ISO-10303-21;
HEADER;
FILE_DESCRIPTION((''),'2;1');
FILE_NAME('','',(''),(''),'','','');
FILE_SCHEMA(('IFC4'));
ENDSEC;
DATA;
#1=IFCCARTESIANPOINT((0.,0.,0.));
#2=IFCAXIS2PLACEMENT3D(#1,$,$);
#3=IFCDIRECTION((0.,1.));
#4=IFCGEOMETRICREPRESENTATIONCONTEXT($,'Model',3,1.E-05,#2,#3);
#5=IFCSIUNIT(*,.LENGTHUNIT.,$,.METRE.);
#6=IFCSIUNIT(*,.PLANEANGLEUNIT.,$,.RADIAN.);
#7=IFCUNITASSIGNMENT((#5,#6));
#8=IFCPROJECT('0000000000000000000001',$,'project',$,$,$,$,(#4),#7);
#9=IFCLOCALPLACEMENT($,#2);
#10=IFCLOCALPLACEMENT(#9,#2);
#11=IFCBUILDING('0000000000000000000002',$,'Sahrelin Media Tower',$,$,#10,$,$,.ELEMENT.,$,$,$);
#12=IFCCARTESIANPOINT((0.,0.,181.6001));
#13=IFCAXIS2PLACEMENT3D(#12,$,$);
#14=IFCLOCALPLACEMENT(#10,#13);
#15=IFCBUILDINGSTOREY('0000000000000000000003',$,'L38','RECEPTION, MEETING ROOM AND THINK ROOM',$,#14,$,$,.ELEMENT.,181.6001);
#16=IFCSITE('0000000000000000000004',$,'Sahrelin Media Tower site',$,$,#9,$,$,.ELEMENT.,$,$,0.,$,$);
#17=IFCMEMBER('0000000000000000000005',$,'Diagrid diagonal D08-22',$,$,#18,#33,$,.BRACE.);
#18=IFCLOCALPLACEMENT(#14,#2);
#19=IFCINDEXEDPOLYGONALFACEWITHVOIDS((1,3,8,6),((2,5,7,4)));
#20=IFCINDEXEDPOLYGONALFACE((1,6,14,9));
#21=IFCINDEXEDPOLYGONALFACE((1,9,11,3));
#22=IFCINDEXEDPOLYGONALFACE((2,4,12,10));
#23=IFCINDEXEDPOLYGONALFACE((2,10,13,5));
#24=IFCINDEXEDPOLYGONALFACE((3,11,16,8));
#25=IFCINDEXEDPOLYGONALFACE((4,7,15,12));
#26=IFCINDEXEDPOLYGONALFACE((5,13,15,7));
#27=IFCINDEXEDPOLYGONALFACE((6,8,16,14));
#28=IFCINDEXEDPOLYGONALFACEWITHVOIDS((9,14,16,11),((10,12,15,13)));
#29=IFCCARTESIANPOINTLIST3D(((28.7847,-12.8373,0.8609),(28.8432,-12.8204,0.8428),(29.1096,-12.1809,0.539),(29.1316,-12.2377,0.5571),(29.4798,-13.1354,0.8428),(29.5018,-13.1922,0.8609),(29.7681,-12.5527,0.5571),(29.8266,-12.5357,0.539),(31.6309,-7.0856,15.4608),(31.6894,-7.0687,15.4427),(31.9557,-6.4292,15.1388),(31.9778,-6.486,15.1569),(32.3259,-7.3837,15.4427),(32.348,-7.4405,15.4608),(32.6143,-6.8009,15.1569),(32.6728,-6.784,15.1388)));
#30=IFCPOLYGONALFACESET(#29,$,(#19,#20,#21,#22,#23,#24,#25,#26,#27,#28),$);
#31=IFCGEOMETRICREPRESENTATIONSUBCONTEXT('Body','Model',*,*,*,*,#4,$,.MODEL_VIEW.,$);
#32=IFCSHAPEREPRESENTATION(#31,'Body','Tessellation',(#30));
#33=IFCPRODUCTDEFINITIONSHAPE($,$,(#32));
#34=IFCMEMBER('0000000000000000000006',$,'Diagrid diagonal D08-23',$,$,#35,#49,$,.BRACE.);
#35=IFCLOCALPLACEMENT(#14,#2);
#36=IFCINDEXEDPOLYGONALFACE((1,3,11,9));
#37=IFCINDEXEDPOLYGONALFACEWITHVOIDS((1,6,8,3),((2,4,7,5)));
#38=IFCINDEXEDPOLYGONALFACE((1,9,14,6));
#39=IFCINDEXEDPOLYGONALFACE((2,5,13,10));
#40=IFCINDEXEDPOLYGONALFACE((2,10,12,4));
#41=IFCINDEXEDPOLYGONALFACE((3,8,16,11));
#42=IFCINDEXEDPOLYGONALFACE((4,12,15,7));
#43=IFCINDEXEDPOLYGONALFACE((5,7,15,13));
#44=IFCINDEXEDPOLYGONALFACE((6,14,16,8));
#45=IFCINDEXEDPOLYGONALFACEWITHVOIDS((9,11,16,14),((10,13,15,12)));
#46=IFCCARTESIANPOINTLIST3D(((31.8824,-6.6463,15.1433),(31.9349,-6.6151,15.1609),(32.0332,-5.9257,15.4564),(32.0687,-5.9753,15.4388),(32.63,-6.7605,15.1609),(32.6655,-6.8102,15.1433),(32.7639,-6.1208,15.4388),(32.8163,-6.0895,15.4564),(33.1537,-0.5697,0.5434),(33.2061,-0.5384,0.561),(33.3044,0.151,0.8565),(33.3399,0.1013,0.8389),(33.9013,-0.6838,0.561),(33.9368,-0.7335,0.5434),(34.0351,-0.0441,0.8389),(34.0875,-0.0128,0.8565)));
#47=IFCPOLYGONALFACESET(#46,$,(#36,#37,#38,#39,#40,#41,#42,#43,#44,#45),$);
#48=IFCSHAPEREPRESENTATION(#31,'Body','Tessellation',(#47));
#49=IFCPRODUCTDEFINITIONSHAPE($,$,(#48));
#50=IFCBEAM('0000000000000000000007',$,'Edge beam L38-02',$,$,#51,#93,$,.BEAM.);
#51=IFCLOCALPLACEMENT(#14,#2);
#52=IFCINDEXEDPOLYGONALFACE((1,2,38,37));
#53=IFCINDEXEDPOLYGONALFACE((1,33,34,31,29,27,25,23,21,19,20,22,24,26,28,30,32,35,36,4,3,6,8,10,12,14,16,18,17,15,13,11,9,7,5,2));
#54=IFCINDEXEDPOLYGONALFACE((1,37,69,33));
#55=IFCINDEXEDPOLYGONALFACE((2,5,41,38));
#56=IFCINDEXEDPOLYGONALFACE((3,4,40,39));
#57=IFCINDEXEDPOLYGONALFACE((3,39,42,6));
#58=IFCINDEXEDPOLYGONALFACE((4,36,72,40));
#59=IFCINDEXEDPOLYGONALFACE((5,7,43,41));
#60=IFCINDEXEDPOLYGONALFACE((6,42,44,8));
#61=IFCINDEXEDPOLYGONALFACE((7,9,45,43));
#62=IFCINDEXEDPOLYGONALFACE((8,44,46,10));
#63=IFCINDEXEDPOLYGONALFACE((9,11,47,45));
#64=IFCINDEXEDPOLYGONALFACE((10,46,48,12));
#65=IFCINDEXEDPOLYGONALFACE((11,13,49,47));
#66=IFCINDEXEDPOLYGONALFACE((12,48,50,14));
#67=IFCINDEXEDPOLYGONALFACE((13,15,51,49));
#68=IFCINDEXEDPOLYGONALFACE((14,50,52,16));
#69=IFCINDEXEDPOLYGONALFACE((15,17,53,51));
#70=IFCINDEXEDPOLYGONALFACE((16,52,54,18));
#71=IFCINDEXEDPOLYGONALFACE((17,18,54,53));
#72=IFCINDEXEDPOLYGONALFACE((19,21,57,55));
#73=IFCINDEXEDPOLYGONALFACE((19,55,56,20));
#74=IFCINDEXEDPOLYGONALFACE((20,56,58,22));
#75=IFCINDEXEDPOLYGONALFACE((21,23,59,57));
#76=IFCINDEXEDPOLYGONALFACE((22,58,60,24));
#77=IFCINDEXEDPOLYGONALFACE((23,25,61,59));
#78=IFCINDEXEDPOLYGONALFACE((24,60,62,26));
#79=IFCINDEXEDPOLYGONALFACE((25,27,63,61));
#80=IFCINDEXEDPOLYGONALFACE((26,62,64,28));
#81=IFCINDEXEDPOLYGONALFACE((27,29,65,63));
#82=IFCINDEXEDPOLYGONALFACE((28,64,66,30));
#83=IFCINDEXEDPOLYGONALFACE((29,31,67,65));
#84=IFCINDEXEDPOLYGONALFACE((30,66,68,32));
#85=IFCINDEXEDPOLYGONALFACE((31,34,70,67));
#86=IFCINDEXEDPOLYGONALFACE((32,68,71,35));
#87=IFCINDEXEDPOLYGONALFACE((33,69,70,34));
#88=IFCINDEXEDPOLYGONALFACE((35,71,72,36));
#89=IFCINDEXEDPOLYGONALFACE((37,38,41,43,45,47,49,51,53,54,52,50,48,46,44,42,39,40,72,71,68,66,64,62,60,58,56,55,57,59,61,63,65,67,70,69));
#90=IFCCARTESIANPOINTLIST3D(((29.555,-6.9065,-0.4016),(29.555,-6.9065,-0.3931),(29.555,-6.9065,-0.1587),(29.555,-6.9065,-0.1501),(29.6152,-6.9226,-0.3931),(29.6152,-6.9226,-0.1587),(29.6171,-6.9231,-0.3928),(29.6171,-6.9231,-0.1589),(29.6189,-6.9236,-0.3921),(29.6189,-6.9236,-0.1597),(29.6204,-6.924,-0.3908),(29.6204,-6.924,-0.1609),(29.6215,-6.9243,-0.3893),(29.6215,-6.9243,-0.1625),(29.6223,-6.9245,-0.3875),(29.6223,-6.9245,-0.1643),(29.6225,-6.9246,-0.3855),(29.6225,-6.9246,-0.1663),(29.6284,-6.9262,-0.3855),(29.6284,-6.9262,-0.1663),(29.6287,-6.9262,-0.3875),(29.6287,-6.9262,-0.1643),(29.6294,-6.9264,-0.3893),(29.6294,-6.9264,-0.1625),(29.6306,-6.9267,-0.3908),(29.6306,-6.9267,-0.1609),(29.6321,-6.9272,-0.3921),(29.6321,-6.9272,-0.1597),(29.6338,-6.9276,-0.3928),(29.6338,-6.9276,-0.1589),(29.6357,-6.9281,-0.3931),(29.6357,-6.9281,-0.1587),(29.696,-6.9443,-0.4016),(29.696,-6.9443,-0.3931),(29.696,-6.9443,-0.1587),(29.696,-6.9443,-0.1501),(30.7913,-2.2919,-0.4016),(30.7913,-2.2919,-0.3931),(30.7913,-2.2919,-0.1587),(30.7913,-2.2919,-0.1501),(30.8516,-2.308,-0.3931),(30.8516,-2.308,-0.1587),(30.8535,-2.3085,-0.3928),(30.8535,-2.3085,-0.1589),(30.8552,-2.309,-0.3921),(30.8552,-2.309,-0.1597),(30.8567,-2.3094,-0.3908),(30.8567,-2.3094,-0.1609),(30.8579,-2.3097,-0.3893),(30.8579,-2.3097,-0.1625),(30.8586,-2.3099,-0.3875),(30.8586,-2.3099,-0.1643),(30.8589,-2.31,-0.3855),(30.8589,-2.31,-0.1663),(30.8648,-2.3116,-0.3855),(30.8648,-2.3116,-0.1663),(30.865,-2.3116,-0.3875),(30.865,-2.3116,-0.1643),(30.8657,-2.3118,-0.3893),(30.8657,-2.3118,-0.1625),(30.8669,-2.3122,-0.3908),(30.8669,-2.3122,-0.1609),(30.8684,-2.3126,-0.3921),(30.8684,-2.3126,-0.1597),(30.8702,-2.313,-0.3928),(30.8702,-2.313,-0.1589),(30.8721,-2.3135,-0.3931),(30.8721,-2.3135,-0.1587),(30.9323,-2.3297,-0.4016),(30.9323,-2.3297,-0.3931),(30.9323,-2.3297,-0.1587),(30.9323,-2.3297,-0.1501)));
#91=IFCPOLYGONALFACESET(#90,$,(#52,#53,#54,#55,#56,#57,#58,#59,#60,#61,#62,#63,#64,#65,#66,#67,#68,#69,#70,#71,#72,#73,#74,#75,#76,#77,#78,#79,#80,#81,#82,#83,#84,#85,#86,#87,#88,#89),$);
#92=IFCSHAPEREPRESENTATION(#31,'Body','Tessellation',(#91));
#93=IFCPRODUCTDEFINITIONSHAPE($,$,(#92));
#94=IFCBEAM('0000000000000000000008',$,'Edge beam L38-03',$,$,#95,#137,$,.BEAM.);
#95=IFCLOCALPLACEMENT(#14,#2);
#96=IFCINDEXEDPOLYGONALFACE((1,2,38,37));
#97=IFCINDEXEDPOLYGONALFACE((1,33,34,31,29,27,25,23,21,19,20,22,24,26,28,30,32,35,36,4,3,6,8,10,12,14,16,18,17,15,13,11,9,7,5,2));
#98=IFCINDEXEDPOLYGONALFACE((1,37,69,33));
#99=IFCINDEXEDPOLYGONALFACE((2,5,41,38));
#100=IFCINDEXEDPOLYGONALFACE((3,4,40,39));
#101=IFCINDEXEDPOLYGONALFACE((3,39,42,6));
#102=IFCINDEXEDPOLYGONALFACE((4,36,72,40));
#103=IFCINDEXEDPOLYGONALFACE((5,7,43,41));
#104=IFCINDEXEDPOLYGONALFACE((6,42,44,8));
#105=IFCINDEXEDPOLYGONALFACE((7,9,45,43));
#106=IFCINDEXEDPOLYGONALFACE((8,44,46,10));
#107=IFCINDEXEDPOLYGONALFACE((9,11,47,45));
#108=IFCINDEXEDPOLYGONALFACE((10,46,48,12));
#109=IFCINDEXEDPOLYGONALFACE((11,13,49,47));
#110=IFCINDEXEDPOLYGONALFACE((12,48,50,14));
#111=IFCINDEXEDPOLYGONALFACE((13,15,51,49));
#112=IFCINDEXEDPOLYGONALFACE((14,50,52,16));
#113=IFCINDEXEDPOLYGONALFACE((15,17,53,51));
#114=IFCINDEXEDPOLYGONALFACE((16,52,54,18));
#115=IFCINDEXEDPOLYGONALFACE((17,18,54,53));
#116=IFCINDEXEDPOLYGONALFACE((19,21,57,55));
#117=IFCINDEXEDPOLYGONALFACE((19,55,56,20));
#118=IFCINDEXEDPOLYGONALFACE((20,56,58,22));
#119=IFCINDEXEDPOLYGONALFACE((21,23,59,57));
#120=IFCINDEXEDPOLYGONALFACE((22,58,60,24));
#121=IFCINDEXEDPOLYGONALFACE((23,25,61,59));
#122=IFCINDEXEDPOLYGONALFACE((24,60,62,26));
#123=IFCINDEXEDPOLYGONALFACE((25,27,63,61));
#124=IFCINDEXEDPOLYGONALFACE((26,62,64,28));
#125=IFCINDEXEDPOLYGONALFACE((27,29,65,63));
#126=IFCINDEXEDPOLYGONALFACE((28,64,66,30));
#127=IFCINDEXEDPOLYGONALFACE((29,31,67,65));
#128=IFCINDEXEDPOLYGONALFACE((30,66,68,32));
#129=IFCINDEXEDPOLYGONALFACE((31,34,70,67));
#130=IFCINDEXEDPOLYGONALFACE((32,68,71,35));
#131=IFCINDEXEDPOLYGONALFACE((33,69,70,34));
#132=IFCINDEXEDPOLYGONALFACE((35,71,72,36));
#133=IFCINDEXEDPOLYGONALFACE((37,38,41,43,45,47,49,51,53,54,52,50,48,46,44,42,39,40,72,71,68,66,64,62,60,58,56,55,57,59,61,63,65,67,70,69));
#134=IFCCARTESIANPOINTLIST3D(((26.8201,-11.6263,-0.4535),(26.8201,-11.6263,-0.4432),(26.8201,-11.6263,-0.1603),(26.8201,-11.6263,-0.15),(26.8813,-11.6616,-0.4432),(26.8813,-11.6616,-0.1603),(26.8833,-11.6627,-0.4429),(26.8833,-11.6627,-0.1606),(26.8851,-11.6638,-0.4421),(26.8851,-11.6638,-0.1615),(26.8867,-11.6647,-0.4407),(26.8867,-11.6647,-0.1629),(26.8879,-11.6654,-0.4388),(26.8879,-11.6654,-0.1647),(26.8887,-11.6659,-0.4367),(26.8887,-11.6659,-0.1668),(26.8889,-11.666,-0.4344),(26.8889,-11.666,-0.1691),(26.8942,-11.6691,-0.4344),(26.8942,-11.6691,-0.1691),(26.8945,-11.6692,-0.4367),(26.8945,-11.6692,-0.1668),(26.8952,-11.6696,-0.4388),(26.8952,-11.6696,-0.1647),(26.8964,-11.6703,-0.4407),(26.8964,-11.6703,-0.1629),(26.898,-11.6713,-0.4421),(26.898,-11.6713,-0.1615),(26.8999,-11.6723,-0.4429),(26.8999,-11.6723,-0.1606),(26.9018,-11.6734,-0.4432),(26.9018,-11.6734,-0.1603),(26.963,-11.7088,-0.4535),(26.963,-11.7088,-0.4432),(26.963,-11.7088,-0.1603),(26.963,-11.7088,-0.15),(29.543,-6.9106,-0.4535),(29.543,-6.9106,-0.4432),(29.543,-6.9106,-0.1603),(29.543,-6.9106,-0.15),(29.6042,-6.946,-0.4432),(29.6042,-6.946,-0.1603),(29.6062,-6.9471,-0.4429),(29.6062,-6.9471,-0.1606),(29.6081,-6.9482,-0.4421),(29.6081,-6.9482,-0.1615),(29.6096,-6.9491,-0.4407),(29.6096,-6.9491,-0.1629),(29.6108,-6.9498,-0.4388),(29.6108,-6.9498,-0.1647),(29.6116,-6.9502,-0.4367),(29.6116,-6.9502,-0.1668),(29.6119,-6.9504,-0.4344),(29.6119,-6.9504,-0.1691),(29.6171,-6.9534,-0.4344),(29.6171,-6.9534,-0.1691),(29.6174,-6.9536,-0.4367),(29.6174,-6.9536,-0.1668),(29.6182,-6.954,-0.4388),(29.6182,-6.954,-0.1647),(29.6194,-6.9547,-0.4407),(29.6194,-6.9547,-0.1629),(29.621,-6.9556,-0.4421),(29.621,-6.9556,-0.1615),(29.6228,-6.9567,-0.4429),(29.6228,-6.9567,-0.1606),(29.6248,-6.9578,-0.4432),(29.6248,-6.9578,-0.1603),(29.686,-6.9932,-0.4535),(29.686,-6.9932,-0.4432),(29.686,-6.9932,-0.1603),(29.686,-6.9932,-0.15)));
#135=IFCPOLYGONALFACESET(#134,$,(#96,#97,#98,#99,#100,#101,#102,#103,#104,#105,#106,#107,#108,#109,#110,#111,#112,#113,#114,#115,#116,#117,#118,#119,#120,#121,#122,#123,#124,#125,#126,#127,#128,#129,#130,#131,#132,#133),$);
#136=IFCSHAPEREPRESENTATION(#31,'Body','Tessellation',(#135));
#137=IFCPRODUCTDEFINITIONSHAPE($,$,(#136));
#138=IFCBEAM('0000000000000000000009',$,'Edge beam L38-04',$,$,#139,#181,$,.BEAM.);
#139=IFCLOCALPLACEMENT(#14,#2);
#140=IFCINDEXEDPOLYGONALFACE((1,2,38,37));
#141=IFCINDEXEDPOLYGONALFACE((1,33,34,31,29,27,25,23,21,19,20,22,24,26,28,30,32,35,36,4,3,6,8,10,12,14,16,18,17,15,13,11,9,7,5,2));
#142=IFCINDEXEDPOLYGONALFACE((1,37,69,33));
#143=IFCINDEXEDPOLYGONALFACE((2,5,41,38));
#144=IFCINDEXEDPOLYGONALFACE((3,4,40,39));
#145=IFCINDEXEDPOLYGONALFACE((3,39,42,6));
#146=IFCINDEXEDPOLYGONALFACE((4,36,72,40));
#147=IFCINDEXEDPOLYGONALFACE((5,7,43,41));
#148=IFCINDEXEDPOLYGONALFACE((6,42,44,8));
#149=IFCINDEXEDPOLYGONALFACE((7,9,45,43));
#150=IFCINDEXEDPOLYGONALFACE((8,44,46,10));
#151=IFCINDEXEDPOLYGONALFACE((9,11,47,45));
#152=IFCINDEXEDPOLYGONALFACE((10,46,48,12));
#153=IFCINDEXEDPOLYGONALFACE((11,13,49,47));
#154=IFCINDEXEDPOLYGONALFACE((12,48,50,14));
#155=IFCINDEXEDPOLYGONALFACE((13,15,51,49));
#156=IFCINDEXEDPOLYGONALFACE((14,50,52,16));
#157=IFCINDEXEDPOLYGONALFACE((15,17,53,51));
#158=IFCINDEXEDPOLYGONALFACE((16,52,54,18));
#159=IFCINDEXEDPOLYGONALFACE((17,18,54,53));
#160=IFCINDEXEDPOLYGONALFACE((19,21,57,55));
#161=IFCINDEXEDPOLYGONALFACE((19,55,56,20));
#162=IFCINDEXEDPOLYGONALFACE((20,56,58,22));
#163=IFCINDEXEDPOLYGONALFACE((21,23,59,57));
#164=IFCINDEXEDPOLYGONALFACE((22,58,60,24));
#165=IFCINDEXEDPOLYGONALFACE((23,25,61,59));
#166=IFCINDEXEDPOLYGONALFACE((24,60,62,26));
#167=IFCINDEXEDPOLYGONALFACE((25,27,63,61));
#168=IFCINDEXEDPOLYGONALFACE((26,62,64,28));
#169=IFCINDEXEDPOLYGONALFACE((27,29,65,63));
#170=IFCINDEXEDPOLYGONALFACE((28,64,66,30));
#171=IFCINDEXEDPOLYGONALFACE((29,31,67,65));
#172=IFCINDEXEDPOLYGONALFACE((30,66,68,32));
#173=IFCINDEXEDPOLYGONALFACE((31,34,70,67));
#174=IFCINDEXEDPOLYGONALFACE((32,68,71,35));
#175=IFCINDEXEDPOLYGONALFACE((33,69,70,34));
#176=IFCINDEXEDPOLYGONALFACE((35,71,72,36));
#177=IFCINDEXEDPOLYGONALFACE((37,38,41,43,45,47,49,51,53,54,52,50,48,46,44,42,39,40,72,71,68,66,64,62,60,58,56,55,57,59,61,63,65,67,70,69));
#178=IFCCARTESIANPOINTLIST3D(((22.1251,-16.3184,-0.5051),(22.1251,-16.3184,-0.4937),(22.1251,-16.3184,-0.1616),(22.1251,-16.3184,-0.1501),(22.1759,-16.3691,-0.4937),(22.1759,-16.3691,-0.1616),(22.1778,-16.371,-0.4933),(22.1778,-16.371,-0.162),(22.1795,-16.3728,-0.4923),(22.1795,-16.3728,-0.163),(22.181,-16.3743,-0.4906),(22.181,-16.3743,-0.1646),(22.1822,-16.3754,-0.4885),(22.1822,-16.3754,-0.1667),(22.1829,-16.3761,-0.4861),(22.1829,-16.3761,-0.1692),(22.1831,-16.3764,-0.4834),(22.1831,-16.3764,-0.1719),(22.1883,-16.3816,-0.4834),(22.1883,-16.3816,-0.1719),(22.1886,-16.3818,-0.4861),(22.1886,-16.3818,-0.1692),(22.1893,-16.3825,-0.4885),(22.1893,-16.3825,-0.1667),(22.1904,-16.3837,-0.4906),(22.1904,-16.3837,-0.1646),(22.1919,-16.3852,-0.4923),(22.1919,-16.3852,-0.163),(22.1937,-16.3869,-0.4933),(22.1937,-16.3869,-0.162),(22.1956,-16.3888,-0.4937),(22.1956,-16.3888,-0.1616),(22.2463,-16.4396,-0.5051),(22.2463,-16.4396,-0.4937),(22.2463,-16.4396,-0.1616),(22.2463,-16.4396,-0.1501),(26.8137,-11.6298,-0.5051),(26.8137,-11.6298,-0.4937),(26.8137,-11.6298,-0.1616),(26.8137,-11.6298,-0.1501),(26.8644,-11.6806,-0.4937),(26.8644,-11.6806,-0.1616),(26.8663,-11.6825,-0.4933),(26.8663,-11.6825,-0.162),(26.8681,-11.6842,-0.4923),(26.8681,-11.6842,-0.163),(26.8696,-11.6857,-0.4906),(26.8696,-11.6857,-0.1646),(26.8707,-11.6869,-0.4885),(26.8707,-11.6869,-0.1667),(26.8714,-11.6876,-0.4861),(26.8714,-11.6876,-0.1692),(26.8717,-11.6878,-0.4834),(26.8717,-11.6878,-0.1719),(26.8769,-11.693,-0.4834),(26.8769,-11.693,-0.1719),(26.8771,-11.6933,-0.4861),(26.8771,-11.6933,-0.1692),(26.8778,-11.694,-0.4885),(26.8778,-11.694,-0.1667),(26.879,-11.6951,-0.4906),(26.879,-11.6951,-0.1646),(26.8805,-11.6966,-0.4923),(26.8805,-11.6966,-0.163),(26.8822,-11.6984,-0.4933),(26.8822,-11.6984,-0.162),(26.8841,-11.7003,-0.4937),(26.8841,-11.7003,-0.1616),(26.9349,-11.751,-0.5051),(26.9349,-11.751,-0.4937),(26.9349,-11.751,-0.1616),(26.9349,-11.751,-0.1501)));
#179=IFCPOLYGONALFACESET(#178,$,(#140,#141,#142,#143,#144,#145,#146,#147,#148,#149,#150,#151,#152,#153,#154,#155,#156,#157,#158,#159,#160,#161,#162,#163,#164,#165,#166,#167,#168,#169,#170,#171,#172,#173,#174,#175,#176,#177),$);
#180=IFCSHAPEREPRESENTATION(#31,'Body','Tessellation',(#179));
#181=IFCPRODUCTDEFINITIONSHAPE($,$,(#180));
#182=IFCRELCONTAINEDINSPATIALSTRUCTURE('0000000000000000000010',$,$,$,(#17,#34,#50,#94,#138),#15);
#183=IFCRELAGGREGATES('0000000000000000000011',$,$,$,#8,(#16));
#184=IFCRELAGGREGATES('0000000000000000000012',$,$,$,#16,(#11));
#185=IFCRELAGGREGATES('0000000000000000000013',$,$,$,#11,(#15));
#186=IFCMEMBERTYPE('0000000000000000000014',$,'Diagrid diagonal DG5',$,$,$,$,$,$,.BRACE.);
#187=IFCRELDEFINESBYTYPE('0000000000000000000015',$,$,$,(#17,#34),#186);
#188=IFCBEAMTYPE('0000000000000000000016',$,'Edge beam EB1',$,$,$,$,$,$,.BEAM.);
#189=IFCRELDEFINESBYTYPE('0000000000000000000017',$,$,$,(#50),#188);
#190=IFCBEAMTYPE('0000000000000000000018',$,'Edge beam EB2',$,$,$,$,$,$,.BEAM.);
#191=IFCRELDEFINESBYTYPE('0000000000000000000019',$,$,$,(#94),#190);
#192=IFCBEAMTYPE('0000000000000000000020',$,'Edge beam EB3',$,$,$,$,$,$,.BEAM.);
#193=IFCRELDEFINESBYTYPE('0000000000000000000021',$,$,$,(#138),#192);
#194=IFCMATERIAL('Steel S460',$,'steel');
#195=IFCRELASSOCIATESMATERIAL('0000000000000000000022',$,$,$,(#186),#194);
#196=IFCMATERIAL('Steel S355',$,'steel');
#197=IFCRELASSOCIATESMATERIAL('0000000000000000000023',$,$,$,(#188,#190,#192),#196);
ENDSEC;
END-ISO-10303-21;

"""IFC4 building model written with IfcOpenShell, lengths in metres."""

from ifc_helpers import new_model, si_unit, direction, frame, origin, origin_2d, place, context, subcontext, project, spatial, hollow_rectangle, i_section, extrude, material, material_profile, profile_set, type_object, element, save


model = new_model("IFC4")

# Units and contexts
model_context = context("Model", 3, precision=1e-05, world=origin(), true_north=direction((0.0, 1.0)))
body_context = subcontext(model_context, "Body", "Model", "MODEL_VIEW")
ifc_project = project(units=[si_unit("LENGTHUNIT", "METRE"), si_unit("PLANEANGLEUNIT", "RADIAN")], contexts=[model_context])

# Site, building, storey
site_placement = place(None, origin())
site = spatial("IfcSite", under=ifc_project, at=site_placement, Name="Sahrelin Media Tower site", CompositionType="ELEMENT", RefElevation=0.0)
building_placement = place(site_placement, origin())
building = spatial("IfcBuilding", under=site, at=building_placement, Name="Sahrelin Media Tower", CompositionType="ELEMENT")
storey_placement = place(building_placement, frame((0.0, 0.0, 181.6001)))
storey = spatial("IfcBuildingStorey", under=building, at=storey_placement, Name="L38", Description="RECEPTION, MEETING ROOM AND THINK ROOM", CompositionType="ELEMENT", Elevation=181.6001)

# Members
ifc_material_1 = material(Name="Steel S460", Category="steel")
ifc_material_profile_1 = material_profile(ifc_material_1, hollow_rectangle(XDim=0.8, YDim=0.8, WallThickness=0.0449, at=origin_2d()), Name="Diagrid diagonal DG5")
ifc_profile_set_1 = profile_set([ifc_material_profile_1], Name="Steel S460")
member_type_1 = type_object("IfcMemberType", Name="Diagrid diagonal DG5", PredefinedType="BRACE", material=ifc_profile_set_1)
member_1_placement = place(storey_placement, frame((29.3057, -12.6865, 0.7), z_axis=(0.178467, 0.360654, 0.915466), x_axis=(-0.896268, 0.443512, 0.0)))
element("IfcMember", 1, at=member_1_placement, inside=storey, type_object=member_type_1, Name="Diagrid diagonal D08-22", PredefinedType="BRACE", context=body_context, shape_type="SweptSolid", body=[
    extrude(hollow_rectangle(XDim=0.8, YDim=0.8, WallThickness=0.0449, at=origin_2d()), origin(), (0.0, 0.0, 1.0), 15.948),
])
member_2_placement = place(storey_placement, frame((33.6206, -0.2913, 0.7), z_axis=(-0.080129, -0.383024, 0.920257), x_axis=(0.978811, -0.204768, 0.0)))
element("IfcMember", 2, at=member_2_placement, inside=storey, type_object=member_type_1, Name="Diagrid diagonal D08-23", PredefinedType="BRACE", context=body_context, shape_type="SweptSolid", body=[
    extrude(hollow_rectangle(XDim=0.8, YDim=0.8, WallThickness=0.0449, at=origin_2d()), origin(), (0.0, 0.0, 1.0), 15.865),
])

# Beams
ifc_material_2 = material(Name="Steel S355", Category="steel")
ifc_material_profile_2 = material_profile(ifc_material_2, i_section(OverallWidth=0.146, OverallDepth=0.2515, WebThickness=0.0061, FlangeThickness=0.0085, FilletRadius=0.0076, at=origin_2d()), Name="UB 254x146x31")
ifc_profile_set_2 = profile_set([ifc_material_profile_2], Name="Steel S355")
beam_type_1 = type_object("IfcBeamType", Name="Edge beam EB1", PredefinedType="BEAM", material=ifc_profile_set_2)
beam_1_placement = place(storey_placement, frame((30.8618, -2.3108, -0.2759), z_axis=(-0.258795, -0.965932, 0.0), x_axis=(0.965932, -0.258795, 0.0)))
element("IfcBeam", 3, at=beam_1_placement, inside=storey, type_object=beam_type_1, Name="Edge beam L38-02", PredefinedType="BEAM", context=body_context, shape_type="SweptSolid", body=[
    extrude(i_section(OverallWidth=0.146, OverallDepth=0.2515, WebThickness=0.0061, FlangeThickness=0.0085, FilletRadius=0.0076, at=origin_2d()), origin(), (0.0, 0.0, 1.0), 4.7773),
])
ifc_material_profile_3 = material_profile(ifc_material_2, i_section(OverallWidth=0.165, OverallDepth=0.3035, WebThickness=0.0061, FlangeThickness=0.0103, FilletRadius=0.0088, at=origin_2d()), Name="UB 305x165x40")
ifc_profile_set_3 = profile_set([ifc_material_profile_3], Name="Steel S355")
beam_type_2 = type_object("IfcBeamType", Name="Edge beam EB2", PredefinedType="BEAM", material=ifc_profile_set_3)
beam_2_placement = place(storey_placement, frame((29.6145, -6.9519, -0.3018), z_axis=(-0.50005, -0.865997, 0.0), x_axis=(0.865997, -0.50005, 0.0)))
element("IfcBeam", 4, at=beam_2_placement, inside=storey, type_object=beam_type_2, Name="Edge beam L38-03", PredefinedType="BEAM", context=body_context, shape_type="SweptSolid", body=[
    extrude(i_section(OverallWidth=0.165, OverallDepth=0.3035, WebThickness=0.0061, FlangeThickness=0.0103, FilletRadius=0.0088, at=origin_2d()), origin(), (0.0, 0.0, 1.0), 5.4453),
])
ifc_material_profile_4 = material_profile(ifc_material_2, i_section(OverallWidth=0.1714, OverallDepth=0.355, WebThickness=0.0073, FlangeThickness=0.0115, FilletRadius=0.0103, at=origin_2d()), Name="UB 356x171x51")
ifc_profile_set_4 = profile_set([ifc_material_profile_4], Name="Steel S355")
beam_type_3 = type_object("IfcBeamType", Name="Edge beam EB3", PredefinedType="BEAM", material=ifc_profile_set_4)
beam_3_placement = place(storey_placement, frame((26.8743, -11.6904, -0.3276), z_axis=(-0.707107, -0.707107, 0.0), x_axis=(0.707107, -0.707107, 0.0)))
element("IfcBeam", 5, at=beam_3_placement, inside=storey, type_object=beam_type_3, Name="Edge beam L38-04", PredefinedType="BEAM", context=body_context, shape_type="SweptSolid", body=[
    extrude(i_section(OverallWidth=0.1714, OverallDepth=0.355, WebThickness=0.0073, FlangeThickness=0.0115, FilletRadius=0.0103, at=origin_2d()), origin(), (0.0, 0.0, 1.0), 6.6306),
])

save(model, "model.ifc")
